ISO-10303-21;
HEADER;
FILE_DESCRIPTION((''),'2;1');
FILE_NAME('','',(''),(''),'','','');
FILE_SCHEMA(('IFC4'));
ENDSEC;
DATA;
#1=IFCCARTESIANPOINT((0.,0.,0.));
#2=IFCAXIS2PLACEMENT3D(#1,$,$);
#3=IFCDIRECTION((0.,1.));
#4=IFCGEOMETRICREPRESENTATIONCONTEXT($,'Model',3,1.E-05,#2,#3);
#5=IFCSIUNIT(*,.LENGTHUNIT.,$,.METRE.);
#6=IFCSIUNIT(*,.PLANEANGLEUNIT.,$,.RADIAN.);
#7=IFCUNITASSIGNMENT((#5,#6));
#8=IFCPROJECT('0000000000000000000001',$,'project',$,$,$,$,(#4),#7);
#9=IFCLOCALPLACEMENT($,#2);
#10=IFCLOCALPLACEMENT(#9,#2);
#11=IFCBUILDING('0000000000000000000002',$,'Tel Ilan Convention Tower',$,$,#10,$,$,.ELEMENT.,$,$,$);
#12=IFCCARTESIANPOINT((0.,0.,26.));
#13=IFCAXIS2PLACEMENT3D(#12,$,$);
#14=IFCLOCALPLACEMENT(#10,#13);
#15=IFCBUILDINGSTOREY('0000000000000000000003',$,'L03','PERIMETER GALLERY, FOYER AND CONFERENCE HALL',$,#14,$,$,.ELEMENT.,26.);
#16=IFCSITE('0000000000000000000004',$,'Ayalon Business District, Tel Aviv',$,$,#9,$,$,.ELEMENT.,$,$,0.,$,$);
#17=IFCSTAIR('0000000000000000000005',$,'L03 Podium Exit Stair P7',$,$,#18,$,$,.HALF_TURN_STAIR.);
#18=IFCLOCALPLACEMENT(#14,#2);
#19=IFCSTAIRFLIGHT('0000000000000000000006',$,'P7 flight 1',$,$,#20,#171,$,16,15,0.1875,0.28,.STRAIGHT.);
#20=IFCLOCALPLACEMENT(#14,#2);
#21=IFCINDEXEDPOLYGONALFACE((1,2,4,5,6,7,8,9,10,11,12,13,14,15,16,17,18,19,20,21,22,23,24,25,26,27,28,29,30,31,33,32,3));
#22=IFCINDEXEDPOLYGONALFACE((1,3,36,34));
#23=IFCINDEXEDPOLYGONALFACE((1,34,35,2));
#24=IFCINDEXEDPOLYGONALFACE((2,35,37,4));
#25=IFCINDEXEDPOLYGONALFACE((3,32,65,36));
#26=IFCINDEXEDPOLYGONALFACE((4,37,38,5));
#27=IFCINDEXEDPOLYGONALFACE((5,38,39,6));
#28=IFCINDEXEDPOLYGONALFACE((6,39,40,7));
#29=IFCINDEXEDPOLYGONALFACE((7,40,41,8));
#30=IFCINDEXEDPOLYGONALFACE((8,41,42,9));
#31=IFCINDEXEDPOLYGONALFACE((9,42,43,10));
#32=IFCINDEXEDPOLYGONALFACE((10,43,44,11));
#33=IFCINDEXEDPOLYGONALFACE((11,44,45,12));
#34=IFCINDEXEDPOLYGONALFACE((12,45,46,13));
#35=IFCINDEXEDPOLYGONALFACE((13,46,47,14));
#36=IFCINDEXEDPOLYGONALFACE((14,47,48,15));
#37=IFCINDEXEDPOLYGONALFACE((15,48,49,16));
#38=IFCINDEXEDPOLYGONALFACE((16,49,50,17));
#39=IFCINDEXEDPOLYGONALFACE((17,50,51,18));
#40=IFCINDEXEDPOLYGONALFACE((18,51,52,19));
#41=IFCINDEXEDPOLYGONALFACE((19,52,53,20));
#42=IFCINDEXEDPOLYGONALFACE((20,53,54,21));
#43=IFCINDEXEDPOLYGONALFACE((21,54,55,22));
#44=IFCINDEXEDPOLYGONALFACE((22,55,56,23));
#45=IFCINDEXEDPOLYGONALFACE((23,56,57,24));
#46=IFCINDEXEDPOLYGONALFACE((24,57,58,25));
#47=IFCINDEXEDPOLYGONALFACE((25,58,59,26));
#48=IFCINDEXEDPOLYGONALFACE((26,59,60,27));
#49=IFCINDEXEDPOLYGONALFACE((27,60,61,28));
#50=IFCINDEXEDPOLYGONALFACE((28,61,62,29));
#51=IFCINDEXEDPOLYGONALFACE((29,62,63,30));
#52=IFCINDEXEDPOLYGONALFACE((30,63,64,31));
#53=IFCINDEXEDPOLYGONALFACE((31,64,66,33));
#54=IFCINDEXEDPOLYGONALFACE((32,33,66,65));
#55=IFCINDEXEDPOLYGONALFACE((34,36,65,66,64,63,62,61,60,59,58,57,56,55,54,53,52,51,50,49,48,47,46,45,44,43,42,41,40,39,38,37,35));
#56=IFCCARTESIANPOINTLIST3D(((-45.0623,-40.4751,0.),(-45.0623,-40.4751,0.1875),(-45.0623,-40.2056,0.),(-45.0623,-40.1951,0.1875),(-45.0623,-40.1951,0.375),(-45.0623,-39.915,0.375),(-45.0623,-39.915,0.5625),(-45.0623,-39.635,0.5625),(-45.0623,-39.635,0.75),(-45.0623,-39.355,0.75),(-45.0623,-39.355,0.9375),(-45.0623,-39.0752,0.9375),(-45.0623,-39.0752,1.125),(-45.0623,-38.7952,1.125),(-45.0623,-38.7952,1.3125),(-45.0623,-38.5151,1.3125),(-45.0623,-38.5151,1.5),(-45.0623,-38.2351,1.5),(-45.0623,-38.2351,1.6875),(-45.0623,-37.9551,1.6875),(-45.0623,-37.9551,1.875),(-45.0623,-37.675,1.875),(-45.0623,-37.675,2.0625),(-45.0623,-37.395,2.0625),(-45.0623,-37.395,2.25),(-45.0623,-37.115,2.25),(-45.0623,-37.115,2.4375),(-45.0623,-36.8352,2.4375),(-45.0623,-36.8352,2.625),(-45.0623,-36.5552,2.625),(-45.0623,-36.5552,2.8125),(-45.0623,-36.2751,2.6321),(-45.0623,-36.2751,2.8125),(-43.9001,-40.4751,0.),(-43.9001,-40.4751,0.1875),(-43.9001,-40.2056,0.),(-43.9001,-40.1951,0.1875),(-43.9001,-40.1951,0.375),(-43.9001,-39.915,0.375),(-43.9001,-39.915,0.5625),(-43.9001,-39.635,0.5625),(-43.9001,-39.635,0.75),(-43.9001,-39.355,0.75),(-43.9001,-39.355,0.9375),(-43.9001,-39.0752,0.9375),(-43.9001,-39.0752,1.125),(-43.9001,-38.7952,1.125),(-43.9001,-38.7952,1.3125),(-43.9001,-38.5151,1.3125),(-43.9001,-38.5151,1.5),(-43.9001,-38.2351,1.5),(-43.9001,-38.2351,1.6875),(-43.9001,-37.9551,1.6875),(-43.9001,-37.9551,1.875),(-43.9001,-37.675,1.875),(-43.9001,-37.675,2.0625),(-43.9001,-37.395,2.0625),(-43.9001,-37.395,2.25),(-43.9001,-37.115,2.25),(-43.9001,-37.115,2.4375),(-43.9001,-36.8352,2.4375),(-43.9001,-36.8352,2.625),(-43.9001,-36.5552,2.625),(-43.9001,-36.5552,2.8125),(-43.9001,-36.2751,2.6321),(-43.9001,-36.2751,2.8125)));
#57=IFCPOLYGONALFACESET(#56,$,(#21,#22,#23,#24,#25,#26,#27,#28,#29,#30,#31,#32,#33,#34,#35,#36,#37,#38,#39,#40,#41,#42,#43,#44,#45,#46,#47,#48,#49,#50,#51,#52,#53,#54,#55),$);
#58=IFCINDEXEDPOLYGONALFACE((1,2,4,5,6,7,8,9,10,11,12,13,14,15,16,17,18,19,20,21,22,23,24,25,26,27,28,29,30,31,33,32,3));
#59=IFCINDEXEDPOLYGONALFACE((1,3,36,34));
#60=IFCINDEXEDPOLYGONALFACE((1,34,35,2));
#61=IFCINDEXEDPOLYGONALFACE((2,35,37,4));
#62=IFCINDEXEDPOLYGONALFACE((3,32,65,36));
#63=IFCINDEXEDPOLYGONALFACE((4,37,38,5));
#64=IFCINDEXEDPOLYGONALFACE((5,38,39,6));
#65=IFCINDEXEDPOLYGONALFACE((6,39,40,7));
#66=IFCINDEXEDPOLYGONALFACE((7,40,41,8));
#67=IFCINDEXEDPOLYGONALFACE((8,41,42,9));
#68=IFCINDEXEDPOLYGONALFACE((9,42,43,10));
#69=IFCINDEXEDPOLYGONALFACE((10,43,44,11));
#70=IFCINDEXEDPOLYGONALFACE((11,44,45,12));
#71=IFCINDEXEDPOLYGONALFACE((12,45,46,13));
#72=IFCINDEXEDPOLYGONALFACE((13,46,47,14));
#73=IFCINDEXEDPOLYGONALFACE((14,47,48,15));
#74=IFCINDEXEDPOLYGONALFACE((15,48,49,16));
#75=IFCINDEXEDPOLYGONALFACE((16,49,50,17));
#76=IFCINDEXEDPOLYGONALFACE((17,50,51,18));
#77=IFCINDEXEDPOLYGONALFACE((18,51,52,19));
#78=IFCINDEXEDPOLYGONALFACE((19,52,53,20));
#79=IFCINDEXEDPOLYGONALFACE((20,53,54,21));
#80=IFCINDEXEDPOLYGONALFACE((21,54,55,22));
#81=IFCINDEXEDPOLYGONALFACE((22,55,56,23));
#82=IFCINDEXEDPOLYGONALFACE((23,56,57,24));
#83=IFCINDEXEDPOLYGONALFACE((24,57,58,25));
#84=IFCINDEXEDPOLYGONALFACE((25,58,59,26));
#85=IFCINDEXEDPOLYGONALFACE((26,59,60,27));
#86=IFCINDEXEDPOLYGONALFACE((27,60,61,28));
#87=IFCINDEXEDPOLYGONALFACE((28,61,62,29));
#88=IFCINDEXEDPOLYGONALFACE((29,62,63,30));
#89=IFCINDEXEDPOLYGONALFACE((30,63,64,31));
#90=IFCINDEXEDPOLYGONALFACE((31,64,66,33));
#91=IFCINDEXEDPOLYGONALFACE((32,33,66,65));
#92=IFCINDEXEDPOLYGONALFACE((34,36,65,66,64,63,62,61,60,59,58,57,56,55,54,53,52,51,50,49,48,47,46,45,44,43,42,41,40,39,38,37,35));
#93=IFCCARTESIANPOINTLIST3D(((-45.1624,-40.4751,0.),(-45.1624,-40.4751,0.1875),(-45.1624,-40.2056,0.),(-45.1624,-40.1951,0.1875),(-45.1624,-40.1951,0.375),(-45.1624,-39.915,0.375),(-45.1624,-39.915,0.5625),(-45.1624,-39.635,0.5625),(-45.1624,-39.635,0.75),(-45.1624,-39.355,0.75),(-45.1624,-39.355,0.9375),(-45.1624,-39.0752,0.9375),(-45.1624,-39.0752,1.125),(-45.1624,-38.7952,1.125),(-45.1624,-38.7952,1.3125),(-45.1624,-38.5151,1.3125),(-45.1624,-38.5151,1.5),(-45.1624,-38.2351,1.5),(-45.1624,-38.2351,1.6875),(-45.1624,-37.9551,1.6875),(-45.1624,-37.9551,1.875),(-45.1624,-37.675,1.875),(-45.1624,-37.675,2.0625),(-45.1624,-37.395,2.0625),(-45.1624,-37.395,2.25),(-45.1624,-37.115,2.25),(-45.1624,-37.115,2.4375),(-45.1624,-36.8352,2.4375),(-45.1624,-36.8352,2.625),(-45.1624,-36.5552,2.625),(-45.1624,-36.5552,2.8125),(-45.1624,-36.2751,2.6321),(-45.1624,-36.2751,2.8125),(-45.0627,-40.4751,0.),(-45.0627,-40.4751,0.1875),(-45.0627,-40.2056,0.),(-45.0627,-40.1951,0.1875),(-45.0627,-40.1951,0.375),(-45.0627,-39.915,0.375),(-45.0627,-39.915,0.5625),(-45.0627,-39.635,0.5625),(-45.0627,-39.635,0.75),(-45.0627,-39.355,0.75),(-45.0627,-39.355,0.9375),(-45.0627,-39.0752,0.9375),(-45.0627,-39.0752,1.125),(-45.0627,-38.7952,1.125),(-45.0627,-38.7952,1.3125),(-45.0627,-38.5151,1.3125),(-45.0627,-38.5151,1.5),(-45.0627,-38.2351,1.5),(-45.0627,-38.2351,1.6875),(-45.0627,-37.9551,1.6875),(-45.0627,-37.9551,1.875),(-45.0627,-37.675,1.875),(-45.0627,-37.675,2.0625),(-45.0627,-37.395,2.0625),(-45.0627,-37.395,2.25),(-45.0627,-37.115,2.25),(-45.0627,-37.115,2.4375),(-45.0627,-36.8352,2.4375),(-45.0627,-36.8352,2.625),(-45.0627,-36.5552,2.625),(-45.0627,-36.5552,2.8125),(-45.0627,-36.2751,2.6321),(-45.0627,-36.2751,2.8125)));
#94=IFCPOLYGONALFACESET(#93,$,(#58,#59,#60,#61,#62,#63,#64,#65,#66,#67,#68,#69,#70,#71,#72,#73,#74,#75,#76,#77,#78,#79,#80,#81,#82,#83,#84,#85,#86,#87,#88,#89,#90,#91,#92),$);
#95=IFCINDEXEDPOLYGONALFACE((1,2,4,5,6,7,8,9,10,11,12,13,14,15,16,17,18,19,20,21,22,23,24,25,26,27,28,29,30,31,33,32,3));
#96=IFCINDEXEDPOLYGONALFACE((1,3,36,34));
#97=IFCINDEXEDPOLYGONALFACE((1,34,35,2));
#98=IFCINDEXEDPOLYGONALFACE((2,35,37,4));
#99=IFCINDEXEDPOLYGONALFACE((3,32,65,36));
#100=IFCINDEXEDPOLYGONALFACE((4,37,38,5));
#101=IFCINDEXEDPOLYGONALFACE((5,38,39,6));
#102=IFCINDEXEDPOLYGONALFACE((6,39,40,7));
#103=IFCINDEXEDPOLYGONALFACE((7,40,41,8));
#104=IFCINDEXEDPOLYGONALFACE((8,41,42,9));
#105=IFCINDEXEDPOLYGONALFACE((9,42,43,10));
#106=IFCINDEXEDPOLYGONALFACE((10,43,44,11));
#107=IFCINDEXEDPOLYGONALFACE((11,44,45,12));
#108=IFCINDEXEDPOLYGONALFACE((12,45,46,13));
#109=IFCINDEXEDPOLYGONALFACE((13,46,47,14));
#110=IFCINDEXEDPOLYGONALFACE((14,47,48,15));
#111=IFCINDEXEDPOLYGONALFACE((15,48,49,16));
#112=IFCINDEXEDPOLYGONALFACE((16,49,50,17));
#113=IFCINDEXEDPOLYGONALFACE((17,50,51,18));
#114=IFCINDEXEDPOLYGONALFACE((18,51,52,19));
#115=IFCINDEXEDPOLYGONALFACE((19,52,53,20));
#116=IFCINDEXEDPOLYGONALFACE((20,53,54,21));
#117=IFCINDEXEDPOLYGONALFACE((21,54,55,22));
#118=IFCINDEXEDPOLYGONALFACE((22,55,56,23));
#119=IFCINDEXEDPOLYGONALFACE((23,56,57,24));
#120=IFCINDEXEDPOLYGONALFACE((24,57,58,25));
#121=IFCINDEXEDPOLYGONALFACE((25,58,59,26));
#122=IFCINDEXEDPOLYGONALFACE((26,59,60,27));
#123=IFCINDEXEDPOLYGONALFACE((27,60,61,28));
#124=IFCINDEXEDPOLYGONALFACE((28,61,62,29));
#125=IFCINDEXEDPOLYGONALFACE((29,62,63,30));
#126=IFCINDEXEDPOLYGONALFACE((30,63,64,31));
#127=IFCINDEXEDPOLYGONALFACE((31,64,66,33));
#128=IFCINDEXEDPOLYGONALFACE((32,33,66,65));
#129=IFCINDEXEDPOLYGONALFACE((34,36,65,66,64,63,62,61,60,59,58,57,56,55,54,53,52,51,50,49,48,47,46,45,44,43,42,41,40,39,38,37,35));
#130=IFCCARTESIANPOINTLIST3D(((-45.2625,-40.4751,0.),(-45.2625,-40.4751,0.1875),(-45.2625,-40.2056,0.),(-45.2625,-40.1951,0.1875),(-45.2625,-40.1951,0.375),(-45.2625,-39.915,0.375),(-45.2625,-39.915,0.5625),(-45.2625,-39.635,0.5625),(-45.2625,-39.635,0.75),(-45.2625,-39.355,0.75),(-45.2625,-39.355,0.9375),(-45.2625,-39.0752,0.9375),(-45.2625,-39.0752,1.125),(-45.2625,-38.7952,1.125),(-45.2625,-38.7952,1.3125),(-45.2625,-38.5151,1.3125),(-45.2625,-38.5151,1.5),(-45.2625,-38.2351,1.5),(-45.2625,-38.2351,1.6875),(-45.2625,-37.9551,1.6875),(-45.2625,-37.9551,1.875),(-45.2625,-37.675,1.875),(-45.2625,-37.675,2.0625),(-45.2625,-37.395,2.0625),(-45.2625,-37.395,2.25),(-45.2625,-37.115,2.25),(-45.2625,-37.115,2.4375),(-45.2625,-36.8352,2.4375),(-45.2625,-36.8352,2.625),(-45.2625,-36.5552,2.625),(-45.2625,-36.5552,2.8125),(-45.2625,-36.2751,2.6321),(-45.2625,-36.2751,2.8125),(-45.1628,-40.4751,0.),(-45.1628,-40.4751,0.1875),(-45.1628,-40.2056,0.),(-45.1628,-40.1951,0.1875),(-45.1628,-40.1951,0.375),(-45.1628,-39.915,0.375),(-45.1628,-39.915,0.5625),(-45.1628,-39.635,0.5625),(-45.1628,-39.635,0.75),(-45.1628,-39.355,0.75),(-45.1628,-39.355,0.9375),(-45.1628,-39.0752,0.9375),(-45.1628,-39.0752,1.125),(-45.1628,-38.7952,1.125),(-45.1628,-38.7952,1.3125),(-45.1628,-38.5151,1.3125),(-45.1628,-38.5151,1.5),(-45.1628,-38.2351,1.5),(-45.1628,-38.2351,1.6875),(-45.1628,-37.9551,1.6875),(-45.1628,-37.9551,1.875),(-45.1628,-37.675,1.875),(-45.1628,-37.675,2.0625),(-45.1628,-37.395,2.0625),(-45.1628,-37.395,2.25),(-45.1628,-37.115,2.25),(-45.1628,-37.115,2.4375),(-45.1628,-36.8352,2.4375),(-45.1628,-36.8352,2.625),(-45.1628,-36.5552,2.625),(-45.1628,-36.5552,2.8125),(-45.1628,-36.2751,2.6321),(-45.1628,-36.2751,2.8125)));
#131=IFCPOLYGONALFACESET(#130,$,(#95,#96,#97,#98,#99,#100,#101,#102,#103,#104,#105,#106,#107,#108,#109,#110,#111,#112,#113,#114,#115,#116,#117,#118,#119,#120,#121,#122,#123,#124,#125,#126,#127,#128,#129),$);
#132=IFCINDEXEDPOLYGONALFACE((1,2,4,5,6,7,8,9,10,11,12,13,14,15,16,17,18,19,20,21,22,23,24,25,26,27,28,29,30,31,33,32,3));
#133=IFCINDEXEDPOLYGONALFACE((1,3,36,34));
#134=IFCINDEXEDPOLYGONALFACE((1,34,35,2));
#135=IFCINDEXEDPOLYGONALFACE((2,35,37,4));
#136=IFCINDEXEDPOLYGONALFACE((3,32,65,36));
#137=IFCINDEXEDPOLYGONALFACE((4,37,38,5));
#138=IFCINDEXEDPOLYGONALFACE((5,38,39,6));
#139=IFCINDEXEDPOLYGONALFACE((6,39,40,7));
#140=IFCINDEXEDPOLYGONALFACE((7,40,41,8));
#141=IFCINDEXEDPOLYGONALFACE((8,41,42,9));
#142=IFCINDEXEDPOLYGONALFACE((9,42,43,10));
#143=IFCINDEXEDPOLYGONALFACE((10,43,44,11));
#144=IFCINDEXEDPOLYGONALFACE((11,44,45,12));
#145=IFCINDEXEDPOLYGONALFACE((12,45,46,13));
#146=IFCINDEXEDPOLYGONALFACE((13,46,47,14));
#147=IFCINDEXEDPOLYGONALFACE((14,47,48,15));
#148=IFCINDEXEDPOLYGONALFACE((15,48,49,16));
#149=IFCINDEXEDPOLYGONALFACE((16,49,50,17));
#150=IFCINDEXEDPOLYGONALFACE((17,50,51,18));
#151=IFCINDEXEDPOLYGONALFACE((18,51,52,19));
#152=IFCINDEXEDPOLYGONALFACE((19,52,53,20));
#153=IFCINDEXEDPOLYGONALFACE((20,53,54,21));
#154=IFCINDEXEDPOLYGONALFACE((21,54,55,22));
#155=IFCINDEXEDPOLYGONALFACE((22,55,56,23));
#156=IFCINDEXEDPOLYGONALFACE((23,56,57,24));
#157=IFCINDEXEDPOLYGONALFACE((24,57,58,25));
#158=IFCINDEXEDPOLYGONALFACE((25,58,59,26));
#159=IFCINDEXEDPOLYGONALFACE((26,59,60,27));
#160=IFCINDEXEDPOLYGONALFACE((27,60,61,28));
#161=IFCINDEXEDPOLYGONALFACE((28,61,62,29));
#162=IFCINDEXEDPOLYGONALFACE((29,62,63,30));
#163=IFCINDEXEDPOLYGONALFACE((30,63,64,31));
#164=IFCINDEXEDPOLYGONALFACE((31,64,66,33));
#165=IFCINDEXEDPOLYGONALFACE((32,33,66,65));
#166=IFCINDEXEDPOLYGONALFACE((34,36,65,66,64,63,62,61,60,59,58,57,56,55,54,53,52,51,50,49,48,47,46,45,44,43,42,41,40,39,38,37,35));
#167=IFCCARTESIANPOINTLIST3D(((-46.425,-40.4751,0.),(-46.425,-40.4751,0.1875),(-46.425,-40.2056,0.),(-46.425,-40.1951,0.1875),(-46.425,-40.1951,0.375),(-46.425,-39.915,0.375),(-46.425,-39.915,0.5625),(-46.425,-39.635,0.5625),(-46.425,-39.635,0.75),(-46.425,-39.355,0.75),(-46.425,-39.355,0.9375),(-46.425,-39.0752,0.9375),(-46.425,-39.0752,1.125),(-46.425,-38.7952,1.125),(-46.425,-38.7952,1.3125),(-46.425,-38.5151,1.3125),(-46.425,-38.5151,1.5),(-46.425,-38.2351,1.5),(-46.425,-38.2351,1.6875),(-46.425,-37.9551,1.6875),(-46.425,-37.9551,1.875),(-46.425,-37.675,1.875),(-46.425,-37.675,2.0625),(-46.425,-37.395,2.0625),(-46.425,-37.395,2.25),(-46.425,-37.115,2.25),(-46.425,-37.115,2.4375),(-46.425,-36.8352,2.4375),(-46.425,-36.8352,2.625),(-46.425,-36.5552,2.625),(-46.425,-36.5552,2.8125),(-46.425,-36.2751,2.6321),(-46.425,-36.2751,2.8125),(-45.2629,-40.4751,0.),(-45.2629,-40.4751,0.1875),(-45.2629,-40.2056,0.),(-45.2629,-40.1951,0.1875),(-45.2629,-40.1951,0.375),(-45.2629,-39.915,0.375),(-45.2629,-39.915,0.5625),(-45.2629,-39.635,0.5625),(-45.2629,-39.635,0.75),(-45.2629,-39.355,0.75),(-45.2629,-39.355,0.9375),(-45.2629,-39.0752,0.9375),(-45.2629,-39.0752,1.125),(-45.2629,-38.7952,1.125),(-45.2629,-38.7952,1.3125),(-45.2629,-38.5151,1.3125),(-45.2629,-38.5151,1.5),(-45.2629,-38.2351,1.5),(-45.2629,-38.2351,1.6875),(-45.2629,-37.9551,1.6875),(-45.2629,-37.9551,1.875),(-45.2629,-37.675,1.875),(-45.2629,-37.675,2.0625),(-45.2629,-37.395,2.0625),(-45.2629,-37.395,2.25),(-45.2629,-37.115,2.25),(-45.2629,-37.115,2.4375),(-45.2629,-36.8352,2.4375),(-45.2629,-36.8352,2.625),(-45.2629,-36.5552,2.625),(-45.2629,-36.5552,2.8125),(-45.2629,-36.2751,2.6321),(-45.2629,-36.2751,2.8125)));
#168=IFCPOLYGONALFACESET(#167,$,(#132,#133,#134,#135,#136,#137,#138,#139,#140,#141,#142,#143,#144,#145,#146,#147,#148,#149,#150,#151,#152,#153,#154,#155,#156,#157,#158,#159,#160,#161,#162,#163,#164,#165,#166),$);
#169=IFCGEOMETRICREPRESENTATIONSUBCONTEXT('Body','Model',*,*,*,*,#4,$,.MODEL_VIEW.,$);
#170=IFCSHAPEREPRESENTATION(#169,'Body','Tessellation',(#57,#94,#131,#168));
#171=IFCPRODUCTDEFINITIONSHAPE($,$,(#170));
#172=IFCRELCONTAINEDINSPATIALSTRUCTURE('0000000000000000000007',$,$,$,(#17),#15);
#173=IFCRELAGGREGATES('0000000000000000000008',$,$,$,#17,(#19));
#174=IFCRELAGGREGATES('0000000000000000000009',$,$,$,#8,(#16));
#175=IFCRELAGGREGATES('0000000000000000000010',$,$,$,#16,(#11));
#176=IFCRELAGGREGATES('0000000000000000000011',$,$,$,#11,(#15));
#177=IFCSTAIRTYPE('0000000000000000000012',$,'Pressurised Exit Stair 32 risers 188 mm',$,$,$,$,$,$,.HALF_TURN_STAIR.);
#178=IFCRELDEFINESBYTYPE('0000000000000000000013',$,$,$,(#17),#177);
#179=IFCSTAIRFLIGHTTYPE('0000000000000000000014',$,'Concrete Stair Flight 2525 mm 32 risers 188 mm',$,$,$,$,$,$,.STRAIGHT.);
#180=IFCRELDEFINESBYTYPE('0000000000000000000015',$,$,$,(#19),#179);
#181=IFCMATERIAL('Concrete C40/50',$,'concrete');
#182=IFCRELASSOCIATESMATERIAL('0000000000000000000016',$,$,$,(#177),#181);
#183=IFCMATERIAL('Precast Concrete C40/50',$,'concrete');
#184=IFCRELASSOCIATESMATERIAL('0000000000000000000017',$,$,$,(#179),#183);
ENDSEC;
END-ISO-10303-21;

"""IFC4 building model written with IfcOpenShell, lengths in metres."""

from ifc_helpers import new_model, si_unit, direction, frame, origin, place, context, subcontext, project, spatial, polyline, outline, extrude, material, type_object, element, aggregate, save


model = new_model("IFC4")

# Units and contexts
model_context = context("Model", 3, precision=1e-05, world=origin(), true_north=direction((0.0, 1.0)))
body_context = subcontext(model_context, "Body", "Model", "MODEL_VIEW")
ifc_project = project(units=[si_unit("LENGTHUNIT", "METRE"), si_unit("PLANEANGLEUNIT", "RADIAN")], contexts=[model_context])

# Site, building, storey
site_placement = place(None, origin())
site = spatial("IfcSite", under=ifc_project, at=site_placement, Name="Ayalon Business District, Tel Aviv", CompositionType="ELEMENT", RefElevation=0.0)
building_placement = place(site_placement, origin())
building = spatial("IfcBuilding", under=site, at=building_placement, Name="Tel Ilan Convention Tower", CompositionType="ELEMENT")
storey_placement = place(building_placement, frame((0.0, 0.0, 26.0)))
storey = spatial("IfcBuildingStorey", under=building, at=storey_placement, Name="L03", Description="PERIMETER GALLERY, FOYER AND CONFERENCE HALL", CompositionType="ELEMENT", Elevation=26.0)

# Stair, stair flight
ifc_material_1 = material(Name="Concrete C40/50", Category="concrete")
stair_type = type_object("IfcStairType", Name="Pressurised Exit Stair 32 risers 188 mm", PredefinedType="HALF_TURN_STAIR", material=ifc_material_1)
ifc_material_2 = material(Name="Precast Concrete C40/50", Category="concrete")
stair_flight_type = type_object("IfcStairFlightType", Name="Concrete Stair Flight 2525 mm 32 risers 188 mm", PredefinedType="STRAIGHT", material=ifc_material_2)
stair_1_placement = place(storey_placement, origin())
stair_1 = element("IfcStair", 1, at=stair_1_placement, inside=storey, type_object=stair_type, Name="L03 Podium Exit Stair P7", PredefinedType="HALF_TURN_STAIR")
stair_flight_1_placement = place(storey_placement, frame((-45.1626, -40.4751, 0.0), z_axis=(0.0, 0.0, 1.0), x_axis=(0.0, 1.0, 0.0)))
stair_flight_1 = element("IfcStairFlight", 2, at=stair_flight_1_placement, type_object=stair_flight_type, Name="P7 flight 1", NumberOfRisers=16, NumberOfTreads=15, PredefinedType="STRAIGHT", RiserHeight=0.1875, TreadLength=0.28, context=body_context, shape_type="SweptSolid", body=[
    extrude(outline(polyline([(0.0, 0.0), (0.0, 0.1875), (0.28, 0.1875), (0.28, 0.375), (0.5601, 0.375), (0.5601, 0.5625), (0.8401, 0.5625), (0.8401, 0.75), (1.1201, 0.75), (1.1201, 0.9375), (1.3999, 0.9375), (1.3999, 1.125), (1.6799, 1.125), (1.6799, 1.3125), (1.96, 1.3125), (1.96, 1.5), (2.24, 1.5), (2.24, 1.6875), (2.52, 1.6875), (2.52, 1.875), (2.8, 1.875), (2.8, 2.0625), (3.0801, 2.0625), (3.0801, 2.25), (3.3601, 2.25), (3.3601, 2.4375), (3.6399, 2.4375), (3.6399, 2.625), (3.9199, 2.625), (3.9199, 2.8125), (4.2, 2.8125), (4.2, 3.0), (4.2, 2.6321), (0.2695, 0.0), (0.0, 0.0)])), frame((0.0, -0.1003, 0.0), z_axis=(0.0, -1.0, 0.0), x_axis=(1.0, 0.0, 0.0)), (0.0, 0.0, 1.0), 1.1621),
    extrude(outline(polyline([(0.0, 0.0), (0.0, 0.1875), (0.28, 0.1875), (0.28, 0.375), (0.5601, 0.375), (0.5601, 0.5625), (0.8401, 0.5625), (0.8401, 0.75), (1.1201, 0.75), (1.1201, 0.9375), (1.3999, 0.9375), (1.3999, 1.125), (1.6799, 1.125), (1.6799, 1.3125), (1.96, 1.3125), (1.96, 1.5), (2.24, 1.5), (2.24, 1.6875), (2.52, 1.6875), (2.52, 1.875), (2.8, 1.875), (2.8, 2.0625), (3.0801, 2.0625), (3.0801, 2.25), (3.3601, 2.25), (3.3601, 2.4375), (3.6399, 2.4375), (3.6399, 2.625), (3.9199, 2.625), (3.9199, 2.8125), (4.2, 2.8125), (4.2, 3.0), (4.2, 2.6321), (0.2695, 0.0), (0.0, 0.0)])), frame((0.0, -0.0002, 0.0), z_axis=(0.0, -1.0, 0.0), x_axis=(1.0, 0.0, 0.0)), (0.0, 0.0, 1.0), 0.0996),
    extrude(outline(polyline([(0.0, 0.0), (0.0, 0.1875), (0.28, 0.1875), (0.28, 0.375), (0.5601, 0.375), (0.5601, 0.5625), (0.8401, 0.5625), (0.8401, 0.75), (1.1201, 0.75), (1.1201, 0.9375), (1.3999, 0.9375), (1.3999, 1.125), (1.6799, 1.125), (1.6799, 1.3125), (1.96, 1.3125), (1.96, 1.5), (2.24, 1.5), (2.24, 1.6875), (2.52, 1.6875), (2.52, 1.875), (2.8, 1.875), (2.8, 2.0625), (3.0801, 2.0625), (3.0801, 2.25), (3.3601, 2.25), (3.3601, 2.4375), (3.6399, 2.4375), (3.6399, 2.625), (3.9199, 2.625), (3.9199, 2.8125), (4.2, 2.8125), (4.2, 3.0), (4.2, 2.6321), (0.2695, 0.0), (0.0, 0.0)])), frame((0.0, 0.0999, 0.0), z_axis=(0.0, -1.0, 0.0), x_axis=(1.0, 0.0, 0.0)), (0.0, 0.0, 1.0), 0.0996),
    extrude(outline(polyline([(0.0, 0.0), (0.0, 0.1875), (0.28, 0.1875), (0.28, 0.375), (0.5601, 0.375), (0.5601, 0.5625), (0.8401, 0.5625), (0.8401, 0.75), (1.1201, 0.75), (1.1201, 0.9375), (1.3999, 0.9375), (1.3999, 1.125), (1.6799, 1.125), (1.6799, 1.3125), (1.96, 1.3125), (1.96, 1.5), (2.24, 1.5), (2.24, 1.6875), (2.52, 1.6875), (2.52, 1.875), (2.8, 1.875), (2.8, 2.0625), (3.0801, 2.0625), (3.0801, 2.25), (3.3601, 2.25), (3.3601, 2.4375), (3.6399, 2.4375), (3.6399, 2.625), (3.9199, 2.625), (3.9199, 2.8125), (4.2, 2.8125), (4.2, 3.0), (4.2, 2.6321), (0.2695, 0.0), (0.0, 0.0)])), frame((0.0, 1.2625, 0.0), z_axis=(0.0, -1.0, 0.0), x_axis=(1.0, 0.0, 0.0)), (0.0, 0.0, 1.0), 1.1621),
])
aggregate(stair_1, [stair_flight_1])

save(model, "model.ifc")
